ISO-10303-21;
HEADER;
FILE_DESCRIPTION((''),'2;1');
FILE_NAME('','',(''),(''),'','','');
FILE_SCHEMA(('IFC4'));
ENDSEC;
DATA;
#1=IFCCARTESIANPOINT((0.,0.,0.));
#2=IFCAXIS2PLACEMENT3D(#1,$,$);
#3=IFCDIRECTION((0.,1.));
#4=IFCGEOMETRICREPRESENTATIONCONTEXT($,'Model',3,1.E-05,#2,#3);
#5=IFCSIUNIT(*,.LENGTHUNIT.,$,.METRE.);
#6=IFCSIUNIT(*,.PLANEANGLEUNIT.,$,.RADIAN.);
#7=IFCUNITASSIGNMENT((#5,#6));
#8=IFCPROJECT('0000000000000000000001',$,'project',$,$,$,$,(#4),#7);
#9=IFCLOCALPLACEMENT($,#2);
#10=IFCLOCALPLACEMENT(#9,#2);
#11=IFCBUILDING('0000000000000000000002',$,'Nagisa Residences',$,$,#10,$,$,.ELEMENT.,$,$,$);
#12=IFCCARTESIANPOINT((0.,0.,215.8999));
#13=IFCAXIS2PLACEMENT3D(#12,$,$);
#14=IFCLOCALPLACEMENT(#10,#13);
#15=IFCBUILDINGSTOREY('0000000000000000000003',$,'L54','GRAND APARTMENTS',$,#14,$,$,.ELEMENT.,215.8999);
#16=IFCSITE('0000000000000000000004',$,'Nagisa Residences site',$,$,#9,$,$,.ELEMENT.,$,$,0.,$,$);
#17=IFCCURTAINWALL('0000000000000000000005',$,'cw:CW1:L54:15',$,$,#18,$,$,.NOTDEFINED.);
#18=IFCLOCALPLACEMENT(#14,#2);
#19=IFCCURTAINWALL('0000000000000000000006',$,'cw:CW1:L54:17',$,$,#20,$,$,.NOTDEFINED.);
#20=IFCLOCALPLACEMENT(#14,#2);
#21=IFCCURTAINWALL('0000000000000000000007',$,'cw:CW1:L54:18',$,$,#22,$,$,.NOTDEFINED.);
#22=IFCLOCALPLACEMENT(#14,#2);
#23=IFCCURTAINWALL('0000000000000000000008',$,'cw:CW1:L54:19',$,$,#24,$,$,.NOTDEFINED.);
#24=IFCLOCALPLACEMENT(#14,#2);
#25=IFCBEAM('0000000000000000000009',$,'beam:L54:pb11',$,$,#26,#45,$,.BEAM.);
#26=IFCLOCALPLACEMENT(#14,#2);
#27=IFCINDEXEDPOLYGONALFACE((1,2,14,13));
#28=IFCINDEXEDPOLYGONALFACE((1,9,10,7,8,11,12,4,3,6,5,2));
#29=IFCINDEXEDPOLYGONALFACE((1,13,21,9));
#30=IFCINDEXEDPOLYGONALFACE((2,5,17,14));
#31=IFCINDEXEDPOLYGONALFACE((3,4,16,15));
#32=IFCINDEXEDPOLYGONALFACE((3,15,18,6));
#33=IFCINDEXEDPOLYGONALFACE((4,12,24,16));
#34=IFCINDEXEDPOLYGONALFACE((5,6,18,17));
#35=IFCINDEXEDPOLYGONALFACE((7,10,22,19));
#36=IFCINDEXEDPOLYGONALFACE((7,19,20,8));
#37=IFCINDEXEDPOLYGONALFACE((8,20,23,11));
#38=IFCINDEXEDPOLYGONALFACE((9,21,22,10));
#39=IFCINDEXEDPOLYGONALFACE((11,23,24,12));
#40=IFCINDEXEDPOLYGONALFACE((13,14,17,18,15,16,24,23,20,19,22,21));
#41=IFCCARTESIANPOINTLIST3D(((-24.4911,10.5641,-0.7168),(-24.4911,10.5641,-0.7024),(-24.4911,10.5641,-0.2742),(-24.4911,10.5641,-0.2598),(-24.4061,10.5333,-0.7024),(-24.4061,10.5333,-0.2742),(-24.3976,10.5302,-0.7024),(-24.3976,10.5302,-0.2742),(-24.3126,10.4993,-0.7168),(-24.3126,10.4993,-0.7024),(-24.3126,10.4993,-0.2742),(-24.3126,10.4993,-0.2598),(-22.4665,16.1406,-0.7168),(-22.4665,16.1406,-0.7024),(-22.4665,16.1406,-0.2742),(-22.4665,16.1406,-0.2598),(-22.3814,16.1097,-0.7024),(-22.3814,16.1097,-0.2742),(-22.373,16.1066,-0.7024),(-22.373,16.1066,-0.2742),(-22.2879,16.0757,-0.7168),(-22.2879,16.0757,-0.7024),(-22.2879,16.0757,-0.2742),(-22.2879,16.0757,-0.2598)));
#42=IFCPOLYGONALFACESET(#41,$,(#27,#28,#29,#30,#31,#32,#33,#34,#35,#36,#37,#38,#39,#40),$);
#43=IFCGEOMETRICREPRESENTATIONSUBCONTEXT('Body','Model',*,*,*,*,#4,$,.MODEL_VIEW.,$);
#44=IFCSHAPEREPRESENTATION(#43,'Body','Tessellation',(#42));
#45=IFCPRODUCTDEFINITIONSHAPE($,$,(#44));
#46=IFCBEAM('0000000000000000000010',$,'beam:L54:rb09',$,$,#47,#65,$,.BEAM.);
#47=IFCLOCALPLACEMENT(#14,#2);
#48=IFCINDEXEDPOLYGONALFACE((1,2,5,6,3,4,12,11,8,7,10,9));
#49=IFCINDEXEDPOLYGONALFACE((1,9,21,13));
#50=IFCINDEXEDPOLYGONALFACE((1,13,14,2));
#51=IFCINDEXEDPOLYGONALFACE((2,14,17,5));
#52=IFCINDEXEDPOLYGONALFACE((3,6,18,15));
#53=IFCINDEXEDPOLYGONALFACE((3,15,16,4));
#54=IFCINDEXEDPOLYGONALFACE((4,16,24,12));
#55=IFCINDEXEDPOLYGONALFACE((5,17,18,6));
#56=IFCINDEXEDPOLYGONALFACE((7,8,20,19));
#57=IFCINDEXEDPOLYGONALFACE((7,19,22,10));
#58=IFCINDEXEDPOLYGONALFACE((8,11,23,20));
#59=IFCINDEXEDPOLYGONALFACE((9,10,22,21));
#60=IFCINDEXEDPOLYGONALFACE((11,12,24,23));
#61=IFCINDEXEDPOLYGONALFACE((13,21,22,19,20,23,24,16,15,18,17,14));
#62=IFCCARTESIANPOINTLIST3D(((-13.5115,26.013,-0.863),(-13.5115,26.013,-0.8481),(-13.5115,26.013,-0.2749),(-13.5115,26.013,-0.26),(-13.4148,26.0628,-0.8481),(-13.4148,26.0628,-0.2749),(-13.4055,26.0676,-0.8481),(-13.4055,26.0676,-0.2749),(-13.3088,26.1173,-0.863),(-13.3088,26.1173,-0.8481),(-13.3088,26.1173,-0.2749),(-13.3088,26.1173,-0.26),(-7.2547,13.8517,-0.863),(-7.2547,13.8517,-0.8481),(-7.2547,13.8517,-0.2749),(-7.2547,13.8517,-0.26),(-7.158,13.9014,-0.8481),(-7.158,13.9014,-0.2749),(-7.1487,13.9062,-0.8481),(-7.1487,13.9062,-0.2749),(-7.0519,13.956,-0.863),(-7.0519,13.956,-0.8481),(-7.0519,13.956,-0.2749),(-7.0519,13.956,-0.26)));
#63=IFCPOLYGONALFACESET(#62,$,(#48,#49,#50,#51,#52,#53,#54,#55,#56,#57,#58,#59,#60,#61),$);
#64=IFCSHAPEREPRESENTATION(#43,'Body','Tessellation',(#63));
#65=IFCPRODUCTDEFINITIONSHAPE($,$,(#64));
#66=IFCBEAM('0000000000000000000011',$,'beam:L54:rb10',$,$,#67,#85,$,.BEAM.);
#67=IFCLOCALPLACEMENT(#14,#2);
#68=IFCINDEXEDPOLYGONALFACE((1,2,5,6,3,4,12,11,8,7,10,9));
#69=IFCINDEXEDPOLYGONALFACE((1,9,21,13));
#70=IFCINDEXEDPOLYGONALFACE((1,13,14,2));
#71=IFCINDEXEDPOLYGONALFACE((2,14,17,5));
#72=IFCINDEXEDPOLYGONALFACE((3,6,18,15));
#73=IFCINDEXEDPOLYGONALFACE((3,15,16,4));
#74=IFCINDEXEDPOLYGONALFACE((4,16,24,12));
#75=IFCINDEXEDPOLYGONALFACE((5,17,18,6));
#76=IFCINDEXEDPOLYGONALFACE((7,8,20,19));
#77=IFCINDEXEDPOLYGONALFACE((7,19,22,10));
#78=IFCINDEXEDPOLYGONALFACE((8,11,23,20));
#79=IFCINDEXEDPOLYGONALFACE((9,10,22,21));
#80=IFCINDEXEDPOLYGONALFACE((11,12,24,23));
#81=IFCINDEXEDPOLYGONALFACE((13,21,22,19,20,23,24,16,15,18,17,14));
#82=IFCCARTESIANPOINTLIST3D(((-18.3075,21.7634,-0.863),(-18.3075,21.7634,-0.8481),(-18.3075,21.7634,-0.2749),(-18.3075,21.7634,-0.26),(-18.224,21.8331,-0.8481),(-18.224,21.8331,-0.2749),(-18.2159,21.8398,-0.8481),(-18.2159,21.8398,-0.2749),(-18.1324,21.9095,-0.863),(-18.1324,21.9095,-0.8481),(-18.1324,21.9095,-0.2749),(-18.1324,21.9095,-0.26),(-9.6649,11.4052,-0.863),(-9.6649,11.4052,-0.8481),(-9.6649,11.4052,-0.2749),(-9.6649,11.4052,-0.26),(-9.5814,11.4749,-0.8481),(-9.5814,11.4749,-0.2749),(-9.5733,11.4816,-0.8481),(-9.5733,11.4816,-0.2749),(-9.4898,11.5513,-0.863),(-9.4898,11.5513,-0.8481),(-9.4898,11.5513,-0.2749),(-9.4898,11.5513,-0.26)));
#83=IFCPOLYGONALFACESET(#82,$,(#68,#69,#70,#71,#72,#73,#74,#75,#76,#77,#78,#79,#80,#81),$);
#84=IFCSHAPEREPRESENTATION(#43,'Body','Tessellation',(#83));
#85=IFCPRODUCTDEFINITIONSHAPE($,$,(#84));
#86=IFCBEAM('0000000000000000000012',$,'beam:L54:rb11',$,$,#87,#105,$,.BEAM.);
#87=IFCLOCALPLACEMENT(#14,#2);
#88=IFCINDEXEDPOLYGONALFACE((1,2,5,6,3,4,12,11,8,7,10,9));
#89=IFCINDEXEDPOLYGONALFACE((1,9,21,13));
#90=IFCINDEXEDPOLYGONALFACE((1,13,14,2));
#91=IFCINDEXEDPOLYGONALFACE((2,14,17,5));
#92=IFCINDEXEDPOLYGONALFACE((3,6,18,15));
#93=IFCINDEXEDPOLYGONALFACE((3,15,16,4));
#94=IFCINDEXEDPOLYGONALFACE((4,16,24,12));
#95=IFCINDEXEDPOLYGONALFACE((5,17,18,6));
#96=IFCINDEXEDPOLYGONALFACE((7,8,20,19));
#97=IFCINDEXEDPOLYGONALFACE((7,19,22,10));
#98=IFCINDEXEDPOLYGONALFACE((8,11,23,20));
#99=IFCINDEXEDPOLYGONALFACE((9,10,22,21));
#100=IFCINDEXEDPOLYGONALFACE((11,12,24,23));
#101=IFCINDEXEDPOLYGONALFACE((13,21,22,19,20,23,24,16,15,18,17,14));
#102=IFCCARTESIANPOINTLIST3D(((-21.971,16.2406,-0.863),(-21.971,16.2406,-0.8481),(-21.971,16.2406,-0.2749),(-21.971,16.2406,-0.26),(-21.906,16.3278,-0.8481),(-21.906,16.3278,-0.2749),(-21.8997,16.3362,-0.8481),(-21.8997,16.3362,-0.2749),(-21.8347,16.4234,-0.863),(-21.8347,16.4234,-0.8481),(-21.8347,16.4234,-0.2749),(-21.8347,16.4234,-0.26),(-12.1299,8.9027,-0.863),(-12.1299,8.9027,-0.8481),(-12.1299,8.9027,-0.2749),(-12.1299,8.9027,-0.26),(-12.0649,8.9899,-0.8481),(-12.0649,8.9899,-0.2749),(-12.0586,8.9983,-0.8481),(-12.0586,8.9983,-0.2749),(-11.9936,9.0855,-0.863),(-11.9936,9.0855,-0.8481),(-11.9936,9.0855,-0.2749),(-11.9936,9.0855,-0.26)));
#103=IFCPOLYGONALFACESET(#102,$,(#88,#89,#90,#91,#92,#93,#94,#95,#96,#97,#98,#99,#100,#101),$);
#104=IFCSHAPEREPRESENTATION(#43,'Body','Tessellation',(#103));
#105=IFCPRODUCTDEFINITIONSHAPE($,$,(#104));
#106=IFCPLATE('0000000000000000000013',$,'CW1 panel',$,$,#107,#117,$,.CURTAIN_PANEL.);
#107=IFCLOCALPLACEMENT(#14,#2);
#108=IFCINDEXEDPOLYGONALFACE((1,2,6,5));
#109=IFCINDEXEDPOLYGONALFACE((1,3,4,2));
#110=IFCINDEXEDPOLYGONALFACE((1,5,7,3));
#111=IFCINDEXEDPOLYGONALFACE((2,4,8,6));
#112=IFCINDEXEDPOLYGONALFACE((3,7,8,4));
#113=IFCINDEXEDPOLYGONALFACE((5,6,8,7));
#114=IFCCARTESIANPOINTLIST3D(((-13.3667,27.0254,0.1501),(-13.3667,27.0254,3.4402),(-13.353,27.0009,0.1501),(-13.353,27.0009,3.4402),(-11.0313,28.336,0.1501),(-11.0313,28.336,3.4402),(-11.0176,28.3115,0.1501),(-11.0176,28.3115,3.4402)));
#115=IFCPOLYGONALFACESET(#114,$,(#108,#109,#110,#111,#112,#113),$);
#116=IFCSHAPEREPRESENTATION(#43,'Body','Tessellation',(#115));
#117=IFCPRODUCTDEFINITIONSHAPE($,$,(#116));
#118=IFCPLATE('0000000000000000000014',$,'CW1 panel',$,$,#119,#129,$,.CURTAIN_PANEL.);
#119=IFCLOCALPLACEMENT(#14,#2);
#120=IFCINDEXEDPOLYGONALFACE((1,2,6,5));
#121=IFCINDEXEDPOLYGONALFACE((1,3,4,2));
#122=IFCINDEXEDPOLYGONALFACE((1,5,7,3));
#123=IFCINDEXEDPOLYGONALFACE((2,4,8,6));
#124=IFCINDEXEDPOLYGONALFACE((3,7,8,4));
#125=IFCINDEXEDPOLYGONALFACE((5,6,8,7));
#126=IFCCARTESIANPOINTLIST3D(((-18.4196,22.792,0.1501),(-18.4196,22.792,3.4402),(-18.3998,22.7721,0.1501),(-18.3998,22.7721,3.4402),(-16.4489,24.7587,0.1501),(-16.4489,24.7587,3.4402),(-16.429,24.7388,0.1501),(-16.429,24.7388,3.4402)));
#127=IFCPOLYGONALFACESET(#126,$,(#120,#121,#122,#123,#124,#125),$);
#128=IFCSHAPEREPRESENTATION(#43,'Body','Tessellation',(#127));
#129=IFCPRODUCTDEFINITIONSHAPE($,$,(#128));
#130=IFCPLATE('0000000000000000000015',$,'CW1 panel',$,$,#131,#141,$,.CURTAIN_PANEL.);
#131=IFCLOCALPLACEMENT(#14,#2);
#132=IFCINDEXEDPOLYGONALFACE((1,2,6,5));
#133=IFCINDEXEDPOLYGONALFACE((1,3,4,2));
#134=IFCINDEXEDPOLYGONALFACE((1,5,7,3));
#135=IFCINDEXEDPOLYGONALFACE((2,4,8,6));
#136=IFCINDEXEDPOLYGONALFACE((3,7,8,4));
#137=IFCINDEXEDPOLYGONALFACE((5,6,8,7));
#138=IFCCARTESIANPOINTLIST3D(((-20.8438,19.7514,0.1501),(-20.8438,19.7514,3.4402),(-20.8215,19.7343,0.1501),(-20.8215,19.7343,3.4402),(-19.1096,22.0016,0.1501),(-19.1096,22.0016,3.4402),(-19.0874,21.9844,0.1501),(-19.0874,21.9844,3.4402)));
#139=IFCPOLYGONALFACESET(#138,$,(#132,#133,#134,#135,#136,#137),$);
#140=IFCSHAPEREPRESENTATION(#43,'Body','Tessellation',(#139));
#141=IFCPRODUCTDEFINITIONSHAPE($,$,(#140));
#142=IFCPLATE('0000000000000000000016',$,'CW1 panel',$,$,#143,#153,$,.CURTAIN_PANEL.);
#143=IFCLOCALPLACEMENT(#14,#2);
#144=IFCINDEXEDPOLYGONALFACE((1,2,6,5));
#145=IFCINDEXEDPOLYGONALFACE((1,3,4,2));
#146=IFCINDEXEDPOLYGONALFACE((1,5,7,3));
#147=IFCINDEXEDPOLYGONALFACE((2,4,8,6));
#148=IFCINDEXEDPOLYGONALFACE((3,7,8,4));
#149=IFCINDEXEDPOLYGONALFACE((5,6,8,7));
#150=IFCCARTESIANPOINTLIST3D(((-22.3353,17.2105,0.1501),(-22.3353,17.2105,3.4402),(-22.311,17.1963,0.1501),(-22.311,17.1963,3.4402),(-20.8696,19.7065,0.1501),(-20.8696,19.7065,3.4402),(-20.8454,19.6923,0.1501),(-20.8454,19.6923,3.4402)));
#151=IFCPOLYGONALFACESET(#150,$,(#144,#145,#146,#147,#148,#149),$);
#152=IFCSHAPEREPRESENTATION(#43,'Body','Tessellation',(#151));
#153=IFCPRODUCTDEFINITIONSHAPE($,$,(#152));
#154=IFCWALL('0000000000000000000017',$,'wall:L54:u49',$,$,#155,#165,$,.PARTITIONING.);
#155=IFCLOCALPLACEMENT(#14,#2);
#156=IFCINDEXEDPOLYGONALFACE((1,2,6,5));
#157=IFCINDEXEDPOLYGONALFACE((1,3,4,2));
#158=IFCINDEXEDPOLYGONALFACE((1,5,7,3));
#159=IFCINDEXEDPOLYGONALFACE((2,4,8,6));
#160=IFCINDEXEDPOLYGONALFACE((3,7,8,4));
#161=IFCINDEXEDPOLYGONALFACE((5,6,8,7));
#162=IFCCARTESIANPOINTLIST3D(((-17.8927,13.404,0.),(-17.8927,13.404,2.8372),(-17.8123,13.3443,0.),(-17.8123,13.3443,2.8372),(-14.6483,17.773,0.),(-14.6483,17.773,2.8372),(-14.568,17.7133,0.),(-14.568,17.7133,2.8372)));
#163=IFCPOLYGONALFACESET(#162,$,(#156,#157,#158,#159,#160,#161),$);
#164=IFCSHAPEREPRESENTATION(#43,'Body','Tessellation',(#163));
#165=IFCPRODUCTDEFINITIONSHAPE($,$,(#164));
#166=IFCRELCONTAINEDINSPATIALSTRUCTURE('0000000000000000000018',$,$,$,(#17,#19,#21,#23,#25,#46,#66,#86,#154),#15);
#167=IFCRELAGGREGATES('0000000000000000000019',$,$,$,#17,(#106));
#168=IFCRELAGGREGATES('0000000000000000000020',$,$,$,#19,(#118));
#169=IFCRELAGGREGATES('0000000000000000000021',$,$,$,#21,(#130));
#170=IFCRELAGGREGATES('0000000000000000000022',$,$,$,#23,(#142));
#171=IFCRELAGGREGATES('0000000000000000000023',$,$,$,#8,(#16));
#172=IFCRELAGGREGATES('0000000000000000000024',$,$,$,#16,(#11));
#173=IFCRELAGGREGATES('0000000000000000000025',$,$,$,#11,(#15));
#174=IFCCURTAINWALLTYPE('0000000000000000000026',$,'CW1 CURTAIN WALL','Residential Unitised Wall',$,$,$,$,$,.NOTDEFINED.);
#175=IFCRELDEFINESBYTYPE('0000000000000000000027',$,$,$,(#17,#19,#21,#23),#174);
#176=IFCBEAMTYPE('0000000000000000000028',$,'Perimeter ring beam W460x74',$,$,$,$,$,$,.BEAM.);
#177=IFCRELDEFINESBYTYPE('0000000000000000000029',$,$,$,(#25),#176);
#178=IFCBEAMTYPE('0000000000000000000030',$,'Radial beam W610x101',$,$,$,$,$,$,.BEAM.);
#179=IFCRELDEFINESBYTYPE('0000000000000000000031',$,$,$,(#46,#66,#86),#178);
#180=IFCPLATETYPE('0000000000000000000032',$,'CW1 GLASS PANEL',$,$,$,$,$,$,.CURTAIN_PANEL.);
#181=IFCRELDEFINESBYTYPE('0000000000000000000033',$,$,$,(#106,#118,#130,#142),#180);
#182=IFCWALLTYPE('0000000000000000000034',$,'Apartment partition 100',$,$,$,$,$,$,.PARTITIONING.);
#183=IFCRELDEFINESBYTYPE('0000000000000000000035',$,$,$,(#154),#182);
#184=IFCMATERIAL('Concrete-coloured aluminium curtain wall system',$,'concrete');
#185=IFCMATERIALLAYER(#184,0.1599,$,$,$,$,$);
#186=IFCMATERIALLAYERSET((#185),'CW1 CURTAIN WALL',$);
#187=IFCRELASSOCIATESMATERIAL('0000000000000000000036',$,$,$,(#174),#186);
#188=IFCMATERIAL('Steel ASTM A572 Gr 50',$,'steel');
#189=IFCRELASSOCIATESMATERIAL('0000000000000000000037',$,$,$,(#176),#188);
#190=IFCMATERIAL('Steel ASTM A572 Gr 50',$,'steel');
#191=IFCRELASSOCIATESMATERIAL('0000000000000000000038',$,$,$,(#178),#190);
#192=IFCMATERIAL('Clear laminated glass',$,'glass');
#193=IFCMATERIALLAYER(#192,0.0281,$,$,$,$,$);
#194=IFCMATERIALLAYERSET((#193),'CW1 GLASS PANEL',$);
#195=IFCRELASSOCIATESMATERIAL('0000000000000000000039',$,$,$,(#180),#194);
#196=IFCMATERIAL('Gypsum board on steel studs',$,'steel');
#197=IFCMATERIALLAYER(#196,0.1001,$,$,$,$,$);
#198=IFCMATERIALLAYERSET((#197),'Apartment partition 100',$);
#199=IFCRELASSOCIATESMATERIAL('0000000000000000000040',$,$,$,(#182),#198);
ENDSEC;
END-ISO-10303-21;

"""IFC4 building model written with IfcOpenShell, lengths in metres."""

from ifc_helpers import new_model, si_unit, direction, frame, frame_2d, origin, origin_2d, place, context, subcontext, project, spatial, rectangle, i_section, extrude, material, layer, layer_set, material_profile, profile_set, type_object, element, aggregate, save


model = new_model("IFC4")

# Units and contexts
model_context = context("Model", 3, precision=1e-05, world=origin(), true_north=direction((0.0, 1.0)))
body_context = subcontext(model_context, "Body", "Model", "MODEL_VIEW")
ifc_project = project(units=[si_unit("LENGTHUNIT", "METRE"), si_unit("PLANEANGLEUNIT", "RADIAN")], contexts=[model_context])

# Site, building, storey
site_placement = place(None, origin())
site = spatial("IfcSite", under=ifc_project, at=site_placement, Name="Nagisa Residences site", CompositionType="ELEMENT", RefElevation=0.0)
building_placement = place(site_placement, origin())
building = spatial("IfcBuilding", under=site, at=building_placement, Name="Nagisa Residences", CompositionType="ELEMENT")
storey_placement = place(building_placement, frame((0.0, 0.0, 215.8999)))
storey = spatial("IfcBuildingStorey", under=building, at=storey_placement, Name="L54", Description="GRAND APARTMENTS", CompositionType="ELEMENT", Elevation=215.8999)

# Curtain walls
ifc_material_1 = material(Name="Concrete-coloured aluminium curtain wall system", Category="concrete")
ifc_layer_1 = layer(ifc_material_1, 0.1599)
ifc_layer_set_1 = layer_set([ifc_layer_1], Name="CW1 CURTAIN WALL")
curtain_wall_type = type_object("IfcCurtainWallType", Name="CW1 CURTAIN WALL", Description="Residential Unitised Wall", PredefinedType="NOTDEFINED", material=ifc_layer_set_1)
curtain_wall_1_placement = place(storey_placement, origin())
curtain_wall_1 = element("IfcCurtainWall", 1, at=curtain_wall_1_placement, inside=storey, type_object=curtain_wall_type, Name="cw:CW1:L54:15", PredefinedType="NOTDEFINED")
curtain_wall_2_placement = place(storey_placement, origin())
curtain_wall_2 = element("IfcCurtainWall", 2, at=curtain_wall_2_placement, inside=storey, type_object=curtain_wall_type, Name="cw:CW1:L54:17", PredefinedType="NOTDEFINED")
curtain_wall_3_placement = place(storey_placement, origin())
curtain_wall_3 = element("IfcCurtainWall", 3, at=curtain_wall_3_placement, inside=storey, type_object=curtain_wall_type, Name="cw:CW1:L54:18", PredefinedType="NOTDEFINED")
curtain_wall_4_placement = place(storey_placement, origin())
curtain_wall_4 = element("IfcCurtainWall", 4, at=curtain_wall_4_placement, inside=storey, type_object=curtain_wall_type, Name="cw:CW1:L54:19", PredefinedType="NOTDEFINED")

# Beams
ifc_material_2 = material(Name="Steel ASTM A572 Gr 50", Category="steel")
ifc_material_profile_1 = material_profile(ifc_material_2, i_section(OverallWidth=0.1899, OverallDepth=0.457, WebThickness=0.009, FlangeThickness=0.0144, at=origin_2d()), Name="W460x74")
ifc_profile_set_1 = profile_set([ifc_material_profile_1], Name="Steel ASTM A572 Gr 50")
beam_type_1 = type_object("IfcBeamType", Name="Perimeter ring beam W460x74", PredefinedType="BEAM", material=ifc_profile_set_1)
beam_1_placement = place(storey_placement, frame((-22.3772, 16.1082, -0.4883), z_axis=(-0.341277, -0.939963, 0.0), x_axis=(0.939963, -0.341277, 0.0)))
element("IfcBeam", 5, at=beam_1_placement, inside=storey, type_object=beam_type_1, Name="beam:L54:pb11", PredefinedType="BEAM", context=body_context, shape_type="SweptSolid", body=[
    extrude(i_section(OverallWidth=0.1899, OverallDepth=0.457, WebThickness=0.009, FlangeThickness=0.0144, at=origin_2d()), origin(), (0.0, 0.0, 1.0), 5.9326),
])
ifc_material_3 = material(Name="Steel ASTM A572 Gr 50", Category="steel")
ifc_material_profile_2 = material_profile(ifc_material_3, i_section(OverallWidth=0.228, OverallDepth=0.603, WebThickness=0.0105, FlangeThickness=0.0149, at=origin_2d()), Name="W610x101")
ifc_profile_set_2 = profile_set([ifc_material_profile_2], Name="Steel ASTM A572 Gr 50")
beam_type_2 = type_object("IfcBeamType", Name="Radial beam W610x101", PredefinedType="BEAM", material=ifc_profile_set_2)
beam_2_placement = place(storey_placement, frame((-13.4102, 26.0652, -0.5615), z_axis=(0.457488, -0.889216, 0.0), x_axis=(0.889216, 0.457488, 0.0)))
element("IfcBeam", 6, at=beam_2_placement, inside=storey, type_object=beam_type_2, Name="beam:L54:rb09", PredefinedType="BEAM", context=body_context, shape_type="SweptSolid", body=[
    extrude(i_section(OverallWidth=0.228, OverallDepth=0.603, WebThickness=0.0105, FlangeThickness=0.0149, at=origin_2d()), origin(), (0.0, 0.0, 1.0), 13.6765),
])
beam_3_placement = place(storey_placement, frame((-18.22, 21.8364, -0.5615), z_axis=(0.640656, -0.767828, 0.0), x_axis=(0.767828, 0.640656, 0.0)))
element("IfcBeam", 7, at=beam_3_placement, inside=storey, type_object=beam_type_2, Name="beam:L54:rb10", PredefinedType="BEAM", context=body_context, shape_type="SweptSolid", body=[
    extrude(i_section(OverallWidth=0.228, OverallDepth=0.603, WebThickness=0.0105, FlangeThickness=0.0149, at=origin_2d()), origin(), (0.0, 0.0, 1.0), 13.4902),
])
beam_4_placement = place(storey_placement, frame((-21.9028, 16.332, -0.5615), z_axis=(0.801675, -0.597761, 0.0), x_axis=(0.597761, 0.801675, 0.0)))
element("IfcBeam", 8, at=beam_4_placement, inside=storey, type_object=beam_type_2, Name="beam:L54:rb11", PredefinedType="BEAM", context=body_context, shape_type="SweptSolid", body=[
    extrude(i_section(OverallWidth=0.228, OverallDepth=0.603, WebThickness=0.0105, FlangeThickness=0.0149, at=origin_2d()), origin(), (0.0, 0.0, 1.0), 12.2756),
])

# Plates
ifc_material_4 = material(Name="Clear laminated glass", Category="glass")
ifc_layer_2 = layer(ifc_material_4, 0.0281)
ifc_layer_set_2 = layer_set([ifc_layer_2], Name="CW1 GLASS PANEL")
plate_type = type_object("IfcPlateType", Name="CW1 GLASS PANEL", PredefinedType="CURTAIN_PANEL", material=ifc_layer_set_2)
plate_1_placement = place(storey_placement, frame((-12.1921, 27.6685, 0.1501), z_axis=(0.0, 0.0, 1.0), x_axis=(-0.872072, -0.489377, 0.0)))
plate_1 = element("IfcPlate", 9, at=plate_1_placement, type_object=plate_type, Name="CW1 panel", PredefinedType="CURTAIN_PANEL", context=body_context, shape_type="SweptSolid", body=[
    extrude(rectangle(XDim=2.678, YDim=0.0281, at=origin_2d()), origin(), (0.0, 0.0, 1.0), 3.29),
])
aggregate(curtain_wall_1, [plate_1])
plate_2_placement = place(storey_placement, frame((-17.4243, 23.7654, 0.1501), z_axis=(0.0, 0.0, 1.0), x_axis=(-0.707836, -0.706377, 0.0)))
plate_2 = element("IfcPlate", 10, at=plate_2_placement, type_object=plate_type, Name="CW1 panel", PredefinedType="CURTAIN_PANEL", context=body_context, shape_type="SweptSolid", body=[
    extrude(rectangle(XDim=2.7842, YDim=0.0281, at=origin_2d()), origin(), (0.0, 0.0, 1.0), 3.29),
])
aggregate(curtain_wall_2, [plate_2])
plate_3_placement = place(storey_placement, frame((-19.9656, 20.8679, 0.1501), z_axis=(0.0, 0.0, 1.0), x_axis=(-0.61043, -0.79207, 0.0)))
plate_3 = element("IfcPlate", 11, at=plate_3_placement, type_object=plate_type, Name="CW1 panel", PredefinedType="CURTAIN_PANEL", context=body_context, shape_type="SweptSolid", body=[
    extrude(rectangle(XDim=2.8408, YDim=0.0281, at=origin_2d()), origin(), (0.0, 0.0, 1.0), 3.29),
])
aggregate(curtain_wall_3, [plate_3])
plate_4_placement = place(storey_placement, frame((-21.5903, 18.4514, 0.1501), z_axis=(0.0, 0.0, 1.0), x_axis=(-0.506349, -0.862329, 0.0)))
plate_4 = element("IfcPlate", 12, at=plate_4_placement, type_object=plate_type, Name="CW1 panel", PredefinedType="CURTAIN_PANEL", context=body_context, shape_type="SweptSolid", body=[
    extrude(rectangle(XDim=2.8945, YDim=0.0281, at=origin_2d()), origin(), (0.0, 0.0, 1.0), 3.29),
])
aggregate(curtain_wall_4, [plate_4])

# Wall
ifc_material_5 = material(Name="Gypsum board on steel studs", Category="steel")
ifc_layer_3 = layer(ifc_material_5, 0.1001)
ifc_layer_set_3 = layer_set([ifc_layer_3], Name="Apartment partition 100")
wall_type_1 = type_object("IfcWallType", Name="Apartment partition 100", PredefinedType="PARTITIONING", material=ifc_layer_set_3)
wall_1_placement = place(storey_placement, frame((-14.6082, 17.7432, 0.0), z_axis=(0.0, 0.0, 1.0), x_axis=(-0.596174, -0.802855, 0.0)))
element("IfcWall", 13, at=wall_1_placement, inside=storey, type_object=wall_type_1, Name="wall:L54:u49", PredefinedType="PARTITIONING", context=body_context, shape_type="SweptSolid", body=[
    extrude(rectangle(XDim=5.4419, YDim=0.1001, at=frame_2d((2.7209, 0.0))), origin(), (0.0, 0.0, 1.0), 2.8372),
])

save(model, "model.ifc")
